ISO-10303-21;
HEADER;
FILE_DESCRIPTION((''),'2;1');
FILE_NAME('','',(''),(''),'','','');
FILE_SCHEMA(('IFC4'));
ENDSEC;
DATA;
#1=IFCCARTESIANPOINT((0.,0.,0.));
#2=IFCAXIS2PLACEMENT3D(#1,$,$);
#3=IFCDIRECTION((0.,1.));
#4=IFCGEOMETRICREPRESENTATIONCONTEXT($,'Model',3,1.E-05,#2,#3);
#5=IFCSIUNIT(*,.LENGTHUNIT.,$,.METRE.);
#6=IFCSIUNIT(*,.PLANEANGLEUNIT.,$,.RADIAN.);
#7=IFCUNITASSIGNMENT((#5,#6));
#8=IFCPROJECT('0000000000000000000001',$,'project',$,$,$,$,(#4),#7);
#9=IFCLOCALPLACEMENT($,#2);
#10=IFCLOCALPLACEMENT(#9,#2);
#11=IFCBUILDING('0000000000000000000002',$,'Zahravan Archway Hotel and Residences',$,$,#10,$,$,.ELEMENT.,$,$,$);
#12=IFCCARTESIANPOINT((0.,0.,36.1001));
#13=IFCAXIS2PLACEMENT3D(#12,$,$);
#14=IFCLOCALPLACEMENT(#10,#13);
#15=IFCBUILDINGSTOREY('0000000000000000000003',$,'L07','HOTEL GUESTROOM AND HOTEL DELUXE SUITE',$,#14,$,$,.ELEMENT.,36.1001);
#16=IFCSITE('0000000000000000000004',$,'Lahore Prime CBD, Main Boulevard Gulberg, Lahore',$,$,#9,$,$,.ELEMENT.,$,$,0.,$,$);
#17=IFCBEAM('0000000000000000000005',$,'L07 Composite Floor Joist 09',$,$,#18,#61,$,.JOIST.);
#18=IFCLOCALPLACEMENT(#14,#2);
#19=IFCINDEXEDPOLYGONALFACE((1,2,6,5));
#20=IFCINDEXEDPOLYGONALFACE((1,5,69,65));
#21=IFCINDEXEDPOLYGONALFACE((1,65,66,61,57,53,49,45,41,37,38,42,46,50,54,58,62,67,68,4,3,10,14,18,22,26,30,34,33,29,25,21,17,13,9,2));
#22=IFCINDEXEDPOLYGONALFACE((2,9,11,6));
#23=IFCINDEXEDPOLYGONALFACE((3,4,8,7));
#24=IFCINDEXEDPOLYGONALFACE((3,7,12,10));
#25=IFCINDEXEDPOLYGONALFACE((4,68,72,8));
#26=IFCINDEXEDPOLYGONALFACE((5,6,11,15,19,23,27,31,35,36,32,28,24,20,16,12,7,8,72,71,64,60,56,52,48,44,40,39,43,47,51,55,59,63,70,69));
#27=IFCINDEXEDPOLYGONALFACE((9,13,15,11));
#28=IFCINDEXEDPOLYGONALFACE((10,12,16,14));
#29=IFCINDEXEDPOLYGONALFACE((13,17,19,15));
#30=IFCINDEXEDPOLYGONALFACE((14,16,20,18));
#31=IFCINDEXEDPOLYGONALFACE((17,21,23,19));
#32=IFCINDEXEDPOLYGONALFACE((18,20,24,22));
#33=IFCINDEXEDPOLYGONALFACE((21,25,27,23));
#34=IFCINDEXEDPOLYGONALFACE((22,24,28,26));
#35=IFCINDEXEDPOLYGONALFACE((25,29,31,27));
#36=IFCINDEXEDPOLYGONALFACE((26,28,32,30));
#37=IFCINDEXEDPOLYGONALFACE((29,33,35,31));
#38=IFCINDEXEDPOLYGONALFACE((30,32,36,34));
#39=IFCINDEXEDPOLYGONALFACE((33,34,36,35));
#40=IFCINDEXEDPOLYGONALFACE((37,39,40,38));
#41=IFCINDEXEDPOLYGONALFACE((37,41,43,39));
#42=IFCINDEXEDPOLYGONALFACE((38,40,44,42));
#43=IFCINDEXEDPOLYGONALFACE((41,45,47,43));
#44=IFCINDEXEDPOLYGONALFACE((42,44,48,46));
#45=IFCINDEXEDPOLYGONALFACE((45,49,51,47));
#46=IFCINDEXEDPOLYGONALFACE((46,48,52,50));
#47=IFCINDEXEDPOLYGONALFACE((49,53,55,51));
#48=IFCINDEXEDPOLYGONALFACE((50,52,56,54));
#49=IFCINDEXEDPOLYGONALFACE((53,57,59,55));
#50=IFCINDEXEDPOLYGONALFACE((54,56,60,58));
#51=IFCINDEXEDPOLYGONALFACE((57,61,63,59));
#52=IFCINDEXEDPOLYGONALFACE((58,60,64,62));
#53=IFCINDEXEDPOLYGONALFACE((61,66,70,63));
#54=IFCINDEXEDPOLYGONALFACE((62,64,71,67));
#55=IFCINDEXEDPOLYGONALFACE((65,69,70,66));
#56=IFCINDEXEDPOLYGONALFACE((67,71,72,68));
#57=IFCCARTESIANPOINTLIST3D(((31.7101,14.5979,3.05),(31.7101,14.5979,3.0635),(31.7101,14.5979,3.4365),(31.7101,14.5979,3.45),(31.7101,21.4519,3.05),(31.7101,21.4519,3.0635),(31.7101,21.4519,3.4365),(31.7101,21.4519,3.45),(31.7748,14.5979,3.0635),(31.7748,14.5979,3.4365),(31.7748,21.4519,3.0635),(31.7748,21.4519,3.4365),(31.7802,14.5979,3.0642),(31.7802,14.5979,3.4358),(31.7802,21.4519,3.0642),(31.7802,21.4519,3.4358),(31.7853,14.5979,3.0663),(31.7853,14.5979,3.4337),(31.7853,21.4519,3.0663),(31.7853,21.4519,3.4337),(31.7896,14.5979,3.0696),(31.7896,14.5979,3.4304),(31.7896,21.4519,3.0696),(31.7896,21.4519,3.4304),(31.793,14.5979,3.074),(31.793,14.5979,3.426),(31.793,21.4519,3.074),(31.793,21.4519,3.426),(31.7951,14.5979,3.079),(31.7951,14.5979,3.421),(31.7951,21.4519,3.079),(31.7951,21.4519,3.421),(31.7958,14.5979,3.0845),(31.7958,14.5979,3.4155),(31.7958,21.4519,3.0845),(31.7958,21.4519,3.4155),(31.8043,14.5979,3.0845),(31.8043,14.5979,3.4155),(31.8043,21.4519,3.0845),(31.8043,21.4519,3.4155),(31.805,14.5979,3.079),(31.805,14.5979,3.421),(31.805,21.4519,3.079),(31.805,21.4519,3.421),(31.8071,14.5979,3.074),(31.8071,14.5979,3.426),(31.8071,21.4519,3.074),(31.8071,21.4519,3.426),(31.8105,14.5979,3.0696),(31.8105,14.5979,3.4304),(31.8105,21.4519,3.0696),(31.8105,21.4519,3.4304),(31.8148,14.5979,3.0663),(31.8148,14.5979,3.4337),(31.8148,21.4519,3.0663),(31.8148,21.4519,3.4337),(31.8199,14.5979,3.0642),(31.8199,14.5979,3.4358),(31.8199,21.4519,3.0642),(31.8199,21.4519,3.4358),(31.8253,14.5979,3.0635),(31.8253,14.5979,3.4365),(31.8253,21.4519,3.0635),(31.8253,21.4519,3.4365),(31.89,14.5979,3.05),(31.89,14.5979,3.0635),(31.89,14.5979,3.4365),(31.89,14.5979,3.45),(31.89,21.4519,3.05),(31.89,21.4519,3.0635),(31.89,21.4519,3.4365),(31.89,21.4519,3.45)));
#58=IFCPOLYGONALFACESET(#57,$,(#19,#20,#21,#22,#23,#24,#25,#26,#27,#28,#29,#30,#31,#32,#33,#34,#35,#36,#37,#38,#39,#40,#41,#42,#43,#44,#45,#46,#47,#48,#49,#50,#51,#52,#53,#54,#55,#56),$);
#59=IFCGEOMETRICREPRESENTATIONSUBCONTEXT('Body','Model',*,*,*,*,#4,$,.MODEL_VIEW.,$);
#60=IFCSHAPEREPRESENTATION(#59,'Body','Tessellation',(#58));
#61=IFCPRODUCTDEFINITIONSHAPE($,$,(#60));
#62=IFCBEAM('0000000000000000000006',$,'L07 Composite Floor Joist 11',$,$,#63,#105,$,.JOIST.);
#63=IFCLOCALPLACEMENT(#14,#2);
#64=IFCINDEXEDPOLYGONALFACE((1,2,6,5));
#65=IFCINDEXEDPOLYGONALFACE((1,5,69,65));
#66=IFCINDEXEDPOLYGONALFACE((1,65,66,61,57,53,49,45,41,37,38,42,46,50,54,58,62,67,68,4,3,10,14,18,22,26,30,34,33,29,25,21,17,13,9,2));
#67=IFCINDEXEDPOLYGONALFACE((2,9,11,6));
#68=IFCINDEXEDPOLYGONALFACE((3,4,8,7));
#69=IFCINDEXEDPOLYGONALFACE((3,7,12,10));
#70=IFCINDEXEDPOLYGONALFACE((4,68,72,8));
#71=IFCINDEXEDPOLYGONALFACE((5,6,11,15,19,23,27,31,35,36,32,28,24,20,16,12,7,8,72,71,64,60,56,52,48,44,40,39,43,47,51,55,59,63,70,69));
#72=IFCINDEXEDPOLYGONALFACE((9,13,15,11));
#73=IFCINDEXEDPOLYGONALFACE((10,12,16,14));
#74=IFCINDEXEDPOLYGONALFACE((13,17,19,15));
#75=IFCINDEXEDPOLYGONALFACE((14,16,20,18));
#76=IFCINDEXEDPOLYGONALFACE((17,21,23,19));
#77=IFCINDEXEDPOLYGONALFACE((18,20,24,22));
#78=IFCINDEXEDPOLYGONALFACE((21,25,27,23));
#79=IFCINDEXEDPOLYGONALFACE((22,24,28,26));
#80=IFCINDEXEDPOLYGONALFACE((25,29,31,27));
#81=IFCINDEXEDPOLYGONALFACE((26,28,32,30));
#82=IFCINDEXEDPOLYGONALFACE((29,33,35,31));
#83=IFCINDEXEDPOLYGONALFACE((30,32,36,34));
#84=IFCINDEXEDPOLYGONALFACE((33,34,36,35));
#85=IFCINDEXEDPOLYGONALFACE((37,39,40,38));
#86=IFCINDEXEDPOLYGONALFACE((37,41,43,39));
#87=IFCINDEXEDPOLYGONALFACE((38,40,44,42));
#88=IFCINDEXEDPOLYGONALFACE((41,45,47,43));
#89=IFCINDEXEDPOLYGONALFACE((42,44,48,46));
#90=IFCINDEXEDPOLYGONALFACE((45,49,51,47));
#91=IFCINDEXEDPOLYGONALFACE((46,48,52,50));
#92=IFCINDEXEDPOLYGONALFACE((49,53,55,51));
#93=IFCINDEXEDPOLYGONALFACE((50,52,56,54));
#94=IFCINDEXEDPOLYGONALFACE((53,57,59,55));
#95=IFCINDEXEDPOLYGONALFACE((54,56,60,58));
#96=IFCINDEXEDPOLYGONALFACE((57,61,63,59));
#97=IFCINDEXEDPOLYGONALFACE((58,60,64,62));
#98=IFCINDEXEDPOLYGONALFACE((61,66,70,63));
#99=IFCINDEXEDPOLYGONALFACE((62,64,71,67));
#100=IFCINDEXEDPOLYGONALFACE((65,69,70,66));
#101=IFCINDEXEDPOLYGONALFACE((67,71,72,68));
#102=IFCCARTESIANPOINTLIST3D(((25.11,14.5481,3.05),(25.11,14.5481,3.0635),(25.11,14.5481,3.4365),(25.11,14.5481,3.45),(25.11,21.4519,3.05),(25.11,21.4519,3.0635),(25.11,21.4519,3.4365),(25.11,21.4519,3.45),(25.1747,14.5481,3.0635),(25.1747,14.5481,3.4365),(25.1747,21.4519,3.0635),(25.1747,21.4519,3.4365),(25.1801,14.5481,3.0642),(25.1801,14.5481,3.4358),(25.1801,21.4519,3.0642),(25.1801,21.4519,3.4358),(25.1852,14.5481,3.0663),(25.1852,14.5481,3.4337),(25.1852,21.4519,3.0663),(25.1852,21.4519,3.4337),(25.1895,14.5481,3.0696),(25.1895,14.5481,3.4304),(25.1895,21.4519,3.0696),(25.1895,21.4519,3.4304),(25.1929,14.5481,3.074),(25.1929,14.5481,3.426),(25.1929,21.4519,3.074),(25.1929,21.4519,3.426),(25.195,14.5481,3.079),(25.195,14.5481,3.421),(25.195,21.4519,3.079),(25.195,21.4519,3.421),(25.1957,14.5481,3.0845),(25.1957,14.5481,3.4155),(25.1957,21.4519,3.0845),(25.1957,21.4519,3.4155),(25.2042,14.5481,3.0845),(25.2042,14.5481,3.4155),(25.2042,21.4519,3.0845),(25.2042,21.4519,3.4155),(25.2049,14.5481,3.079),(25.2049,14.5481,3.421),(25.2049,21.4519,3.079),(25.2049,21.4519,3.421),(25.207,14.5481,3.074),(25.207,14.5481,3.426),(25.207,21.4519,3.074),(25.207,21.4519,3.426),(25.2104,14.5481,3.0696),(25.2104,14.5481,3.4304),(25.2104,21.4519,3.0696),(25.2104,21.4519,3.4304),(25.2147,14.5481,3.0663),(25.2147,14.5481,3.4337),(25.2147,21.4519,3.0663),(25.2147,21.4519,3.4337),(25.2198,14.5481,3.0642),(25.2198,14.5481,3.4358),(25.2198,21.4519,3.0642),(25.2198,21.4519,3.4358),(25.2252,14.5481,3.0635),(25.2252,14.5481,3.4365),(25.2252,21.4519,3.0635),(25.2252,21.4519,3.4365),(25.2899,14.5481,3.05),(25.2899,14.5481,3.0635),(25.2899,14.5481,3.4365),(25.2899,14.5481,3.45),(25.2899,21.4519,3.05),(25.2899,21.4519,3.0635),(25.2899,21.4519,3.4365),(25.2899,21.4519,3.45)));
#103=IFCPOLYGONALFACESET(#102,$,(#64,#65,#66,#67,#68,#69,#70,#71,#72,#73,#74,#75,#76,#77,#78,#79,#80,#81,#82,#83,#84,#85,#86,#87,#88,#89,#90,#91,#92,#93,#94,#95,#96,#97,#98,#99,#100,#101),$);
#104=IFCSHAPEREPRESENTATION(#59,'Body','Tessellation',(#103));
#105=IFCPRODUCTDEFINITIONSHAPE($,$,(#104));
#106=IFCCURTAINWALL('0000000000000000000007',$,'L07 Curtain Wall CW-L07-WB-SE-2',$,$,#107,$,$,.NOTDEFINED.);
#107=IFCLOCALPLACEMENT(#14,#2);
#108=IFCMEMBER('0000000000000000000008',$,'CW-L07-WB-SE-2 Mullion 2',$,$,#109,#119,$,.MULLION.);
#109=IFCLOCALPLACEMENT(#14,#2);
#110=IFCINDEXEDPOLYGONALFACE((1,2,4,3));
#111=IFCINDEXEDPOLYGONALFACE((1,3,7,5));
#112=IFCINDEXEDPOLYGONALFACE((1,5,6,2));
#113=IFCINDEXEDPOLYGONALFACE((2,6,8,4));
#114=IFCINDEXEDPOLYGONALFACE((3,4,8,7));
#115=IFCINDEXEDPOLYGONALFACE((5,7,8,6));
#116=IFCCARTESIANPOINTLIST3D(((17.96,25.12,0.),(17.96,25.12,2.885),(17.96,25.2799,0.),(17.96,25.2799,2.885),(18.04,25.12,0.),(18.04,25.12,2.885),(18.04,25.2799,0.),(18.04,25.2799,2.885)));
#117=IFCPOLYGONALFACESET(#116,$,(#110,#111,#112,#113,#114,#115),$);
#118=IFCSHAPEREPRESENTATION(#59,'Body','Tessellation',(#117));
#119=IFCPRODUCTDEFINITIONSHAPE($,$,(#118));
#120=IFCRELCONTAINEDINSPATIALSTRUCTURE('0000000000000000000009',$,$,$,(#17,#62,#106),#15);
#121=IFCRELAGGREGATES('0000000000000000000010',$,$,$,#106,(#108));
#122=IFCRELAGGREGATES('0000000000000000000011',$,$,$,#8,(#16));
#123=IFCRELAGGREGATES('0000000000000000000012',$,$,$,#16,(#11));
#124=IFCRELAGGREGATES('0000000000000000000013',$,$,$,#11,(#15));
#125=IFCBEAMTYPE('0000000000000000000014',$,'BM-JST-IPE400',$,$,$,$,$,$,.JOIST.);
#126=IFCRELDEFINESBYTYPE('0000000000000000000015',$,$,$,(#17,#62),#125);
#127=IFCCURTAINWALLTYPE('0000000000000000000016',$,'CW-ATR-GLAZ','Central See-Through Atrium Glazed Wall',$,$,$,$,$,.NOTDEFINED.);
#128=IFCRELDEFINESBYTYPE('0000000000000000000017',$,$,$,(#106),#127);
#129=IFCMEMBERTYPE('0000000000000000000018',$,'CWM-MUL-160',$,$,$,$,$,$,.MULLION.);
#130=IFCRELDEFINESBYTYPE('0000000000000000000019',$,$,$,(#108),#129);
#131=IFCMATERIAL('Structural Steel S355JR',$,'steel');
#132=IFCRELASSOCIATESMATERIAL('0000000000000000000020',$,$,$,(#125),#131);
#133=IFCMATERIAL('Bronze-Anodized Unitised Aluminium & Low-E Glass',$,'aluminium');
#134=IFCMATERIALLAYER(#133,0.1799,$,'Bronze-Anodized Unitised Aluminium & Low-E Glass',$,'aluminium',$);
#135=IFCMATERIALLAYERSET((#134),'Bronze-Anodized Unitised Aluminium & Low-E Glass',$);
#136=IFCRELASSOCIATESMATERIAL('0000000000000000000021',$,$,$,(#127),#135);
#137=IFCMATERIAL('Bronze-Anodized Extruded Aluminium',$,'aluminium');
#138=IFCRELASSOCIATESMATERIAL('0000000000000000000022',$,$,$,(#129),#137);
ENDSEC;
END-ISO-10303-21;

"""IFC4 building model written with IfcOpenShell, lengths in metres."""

from ifc_helpers import new_model, si_unit, direction, frame, origin, origin_2d, place, context, subcontext, project, spatial, rectangle, i_section, extrude, source, transform, mapped, material, layer, layer_set, material_profile, profile_set, type_object, element, aggregate, save


model = new_model("IFC4")

# Units and contexts
model_context = context("Model", 3, precision=1e-05, world=origin(), true_north=direction((0.0, 1.0)))
body_context = subcontext(model_context, "Body", "Model", "MODEL_VIEW")
ifc_project = project(units=[si_unit("LENGTHUNIT", "METRE"), si_unit("PLANEANGLEUNIT", "RADIAN")], contexts=[model_context])

# Site, building, storey
site_placement = place(None, origin())
site = spatial("IfcSite", under=ifc_project, at=site_placement, Name="Lahore Prime CBD, Main Boulevard Gulberg, Lahore", CompositionType="ELEMENT", RefElevation=0.0)
building_placement = place(site_placement, origin())
building = spatial("IfcBuilding", under=site, at=building_placement, Name="Zahravan Archway Hotel and Residences", CompositionType="ELEMENT")
storey_placement = place(building_placement, frame((0.0, 0.0, 36.1001)))
storey = spatial("IfcBuildingStorey", under=building, at=storey_placement, Name="L07", Description="HOTEL GUESTROOM AND HOTEL DELUXE SUITE", CompositionType="ELEMENT", Elevation=36.1001)

# Beams
ifc_material_1 = material(Name="Structural Steel S355JR", Category="steel")
ifc_material_profile_1 = material_profile(ifc_material_1, i_section(OverallWidth=0.1799, OverallDepth=0.3999, WebThickness=0.0085, FlangeThickness=0.0134, FilletRadius=0.021, at=origin_2d()), Name="IPE 400", Category="steel")
ifc_profile_set_1 = profile_set([ifc_material_profile_1], Name="Structural Steel S355JR")
beam_type_1 = type_object("IfcBeamType", Name="BM-JST-IPE400", PredefinedType="JOIST", material=ifc_profile_set_1)
shared_shape_1 = source(origin(), body_context, "Body", "SweptSolid", [
    extrude(i_section(OverallWidth=0.1799, OverallDepth=0.3999, WebThickness=0.0085, FlangeThickness=0.0134, FilletRadius=0.021, at=origin_2d()), origin(), (0.0, 0.0, 1.0), 6.854),
])
beam_1_placement = place(storey_placement, frame((31.8, 14.5979, 3.25), z_axis=(0.0, 1.0, 0.0), x_axis=(-1.0, 0.0, 0.0)))
element("IfcBeam", 1, at=beam_1_placement, inside=storey, type_object=beam_type_1, Name="L07 Composite Floor Joist 09", PredefinedType="JOIST", context=body_context, shape_type="MappedRepresentation", body=[
    mapped(shared_shape_1, transform((0.0, 0.0, 0.0), scale=1.0)),
])
shared_shape_2 = source(origin(), body_context, "Body", "SweptSolid", [
    extrude(i_section(OverallWidth=0.1799, OverallDepth=0.3999, WebThickness=0.0085, FlangeThickness=0.0134, FilletRadius=0.021, at=origin_2d()), origin(), (0.0, 0.0, 1.0), 6.9038),
])
beam_2_placement = place(storey_placement, frame((25.2, 14.5481, 3.25), z_axis=(0.0, 1.0, 0.0), x_axis=(-1.0, 0.0, 0.0)))
element("IfcBeam", 2, at=beam_2_placement, inside=storey, type_object=beam_type_1, Name="L07 Composite Floor Joist 11", PredefinedType="JOIST", context=body_context, shape_type="MappedRepresentation", body=[
    mapped(shared_shape_2, transform((0.0, 0.0, 0.0), scale=1.0)),
])

# Curtain wall, member
ifc_material_2 = material(Name="Bronze-Anodized Unitised Aluminium & Low-E Glass", Category="aluminium")
ifc_layer_1 = layer(ifc_material_2, 0.1799, Name="Bronze-Anodized Unitised Aluminium & Low-E Glass", Category="aluminium")
ifc_layer_set_1 = layer_set([ifc_layer_1], Name="Bronze-Anodized Unitised Aluminium & Low-E Glass")
curtain_wall_type = type_object("IfcCurtainWallType", Name="CW-ATR-GLAZ", Description="Central See-Through Atrium Glazed Wall", PredefinedType="NOTDEFINED", material=ifc_layer_set_1)
curtain_wall_placement = place(storey_placement, origin())
curtain_wall = element("IfcCurtainWall", 3, at=curtain_wall_placement, inside=storey, type_object=curtain_wall_type, Name="L07 Curtain Wall CW-L07-WB-SE-2", PredefinedType="NOTDEFINED")
ifc_material_3 = material(Name="Bronze-Anodized Extruded Aluminium", Category="aluminium")
ifc_material_profile_2 = material_profile(ifc_material_3, rectangle(XDim=0.0801, YDim=0.1599, at=origin_2d()), Name="MUL 80x160", Category="aluminium")
ifc_profile_set_2 = profile_set([ifc_material_profile_2], Name="Bronze-Anodized Extruded Aluminium")
member_type = type_object("IfcMemberType", Name="CWM-MUL-160", PredefinedType="MULLION", material=ifc_profile_set_2)
shared_shape_3 = source(origin(), body_context, "Body", "SweptSolid", [
    extrude(rectangle(XDim=0.0801, YDim=0.1599, at=origin_2d()), origin(), (0.0, 0.0, 1.0), 2.885),
])
member_placement = place(storey_placement, frame((18.0, 25.2, 0.0), z_axis=(0.0, 0.0, 1.0), x_axis=(1.0, 0.0, 0.0)))
member = element("IfcMember", 4, at=member_placement, type_object=member_type, Name="CW-L07-WB-SE-2 Mullion 2", PredefinedType="MULLION", context=body_context, shape_type="MappedRepresentation", body=[
    mapped(shared_shape_3, transform((0.0, 0.0, 0.0), scale=1.0)),
])
aggregate(curtain_wall, [member])

save(model, "model.ifc")
